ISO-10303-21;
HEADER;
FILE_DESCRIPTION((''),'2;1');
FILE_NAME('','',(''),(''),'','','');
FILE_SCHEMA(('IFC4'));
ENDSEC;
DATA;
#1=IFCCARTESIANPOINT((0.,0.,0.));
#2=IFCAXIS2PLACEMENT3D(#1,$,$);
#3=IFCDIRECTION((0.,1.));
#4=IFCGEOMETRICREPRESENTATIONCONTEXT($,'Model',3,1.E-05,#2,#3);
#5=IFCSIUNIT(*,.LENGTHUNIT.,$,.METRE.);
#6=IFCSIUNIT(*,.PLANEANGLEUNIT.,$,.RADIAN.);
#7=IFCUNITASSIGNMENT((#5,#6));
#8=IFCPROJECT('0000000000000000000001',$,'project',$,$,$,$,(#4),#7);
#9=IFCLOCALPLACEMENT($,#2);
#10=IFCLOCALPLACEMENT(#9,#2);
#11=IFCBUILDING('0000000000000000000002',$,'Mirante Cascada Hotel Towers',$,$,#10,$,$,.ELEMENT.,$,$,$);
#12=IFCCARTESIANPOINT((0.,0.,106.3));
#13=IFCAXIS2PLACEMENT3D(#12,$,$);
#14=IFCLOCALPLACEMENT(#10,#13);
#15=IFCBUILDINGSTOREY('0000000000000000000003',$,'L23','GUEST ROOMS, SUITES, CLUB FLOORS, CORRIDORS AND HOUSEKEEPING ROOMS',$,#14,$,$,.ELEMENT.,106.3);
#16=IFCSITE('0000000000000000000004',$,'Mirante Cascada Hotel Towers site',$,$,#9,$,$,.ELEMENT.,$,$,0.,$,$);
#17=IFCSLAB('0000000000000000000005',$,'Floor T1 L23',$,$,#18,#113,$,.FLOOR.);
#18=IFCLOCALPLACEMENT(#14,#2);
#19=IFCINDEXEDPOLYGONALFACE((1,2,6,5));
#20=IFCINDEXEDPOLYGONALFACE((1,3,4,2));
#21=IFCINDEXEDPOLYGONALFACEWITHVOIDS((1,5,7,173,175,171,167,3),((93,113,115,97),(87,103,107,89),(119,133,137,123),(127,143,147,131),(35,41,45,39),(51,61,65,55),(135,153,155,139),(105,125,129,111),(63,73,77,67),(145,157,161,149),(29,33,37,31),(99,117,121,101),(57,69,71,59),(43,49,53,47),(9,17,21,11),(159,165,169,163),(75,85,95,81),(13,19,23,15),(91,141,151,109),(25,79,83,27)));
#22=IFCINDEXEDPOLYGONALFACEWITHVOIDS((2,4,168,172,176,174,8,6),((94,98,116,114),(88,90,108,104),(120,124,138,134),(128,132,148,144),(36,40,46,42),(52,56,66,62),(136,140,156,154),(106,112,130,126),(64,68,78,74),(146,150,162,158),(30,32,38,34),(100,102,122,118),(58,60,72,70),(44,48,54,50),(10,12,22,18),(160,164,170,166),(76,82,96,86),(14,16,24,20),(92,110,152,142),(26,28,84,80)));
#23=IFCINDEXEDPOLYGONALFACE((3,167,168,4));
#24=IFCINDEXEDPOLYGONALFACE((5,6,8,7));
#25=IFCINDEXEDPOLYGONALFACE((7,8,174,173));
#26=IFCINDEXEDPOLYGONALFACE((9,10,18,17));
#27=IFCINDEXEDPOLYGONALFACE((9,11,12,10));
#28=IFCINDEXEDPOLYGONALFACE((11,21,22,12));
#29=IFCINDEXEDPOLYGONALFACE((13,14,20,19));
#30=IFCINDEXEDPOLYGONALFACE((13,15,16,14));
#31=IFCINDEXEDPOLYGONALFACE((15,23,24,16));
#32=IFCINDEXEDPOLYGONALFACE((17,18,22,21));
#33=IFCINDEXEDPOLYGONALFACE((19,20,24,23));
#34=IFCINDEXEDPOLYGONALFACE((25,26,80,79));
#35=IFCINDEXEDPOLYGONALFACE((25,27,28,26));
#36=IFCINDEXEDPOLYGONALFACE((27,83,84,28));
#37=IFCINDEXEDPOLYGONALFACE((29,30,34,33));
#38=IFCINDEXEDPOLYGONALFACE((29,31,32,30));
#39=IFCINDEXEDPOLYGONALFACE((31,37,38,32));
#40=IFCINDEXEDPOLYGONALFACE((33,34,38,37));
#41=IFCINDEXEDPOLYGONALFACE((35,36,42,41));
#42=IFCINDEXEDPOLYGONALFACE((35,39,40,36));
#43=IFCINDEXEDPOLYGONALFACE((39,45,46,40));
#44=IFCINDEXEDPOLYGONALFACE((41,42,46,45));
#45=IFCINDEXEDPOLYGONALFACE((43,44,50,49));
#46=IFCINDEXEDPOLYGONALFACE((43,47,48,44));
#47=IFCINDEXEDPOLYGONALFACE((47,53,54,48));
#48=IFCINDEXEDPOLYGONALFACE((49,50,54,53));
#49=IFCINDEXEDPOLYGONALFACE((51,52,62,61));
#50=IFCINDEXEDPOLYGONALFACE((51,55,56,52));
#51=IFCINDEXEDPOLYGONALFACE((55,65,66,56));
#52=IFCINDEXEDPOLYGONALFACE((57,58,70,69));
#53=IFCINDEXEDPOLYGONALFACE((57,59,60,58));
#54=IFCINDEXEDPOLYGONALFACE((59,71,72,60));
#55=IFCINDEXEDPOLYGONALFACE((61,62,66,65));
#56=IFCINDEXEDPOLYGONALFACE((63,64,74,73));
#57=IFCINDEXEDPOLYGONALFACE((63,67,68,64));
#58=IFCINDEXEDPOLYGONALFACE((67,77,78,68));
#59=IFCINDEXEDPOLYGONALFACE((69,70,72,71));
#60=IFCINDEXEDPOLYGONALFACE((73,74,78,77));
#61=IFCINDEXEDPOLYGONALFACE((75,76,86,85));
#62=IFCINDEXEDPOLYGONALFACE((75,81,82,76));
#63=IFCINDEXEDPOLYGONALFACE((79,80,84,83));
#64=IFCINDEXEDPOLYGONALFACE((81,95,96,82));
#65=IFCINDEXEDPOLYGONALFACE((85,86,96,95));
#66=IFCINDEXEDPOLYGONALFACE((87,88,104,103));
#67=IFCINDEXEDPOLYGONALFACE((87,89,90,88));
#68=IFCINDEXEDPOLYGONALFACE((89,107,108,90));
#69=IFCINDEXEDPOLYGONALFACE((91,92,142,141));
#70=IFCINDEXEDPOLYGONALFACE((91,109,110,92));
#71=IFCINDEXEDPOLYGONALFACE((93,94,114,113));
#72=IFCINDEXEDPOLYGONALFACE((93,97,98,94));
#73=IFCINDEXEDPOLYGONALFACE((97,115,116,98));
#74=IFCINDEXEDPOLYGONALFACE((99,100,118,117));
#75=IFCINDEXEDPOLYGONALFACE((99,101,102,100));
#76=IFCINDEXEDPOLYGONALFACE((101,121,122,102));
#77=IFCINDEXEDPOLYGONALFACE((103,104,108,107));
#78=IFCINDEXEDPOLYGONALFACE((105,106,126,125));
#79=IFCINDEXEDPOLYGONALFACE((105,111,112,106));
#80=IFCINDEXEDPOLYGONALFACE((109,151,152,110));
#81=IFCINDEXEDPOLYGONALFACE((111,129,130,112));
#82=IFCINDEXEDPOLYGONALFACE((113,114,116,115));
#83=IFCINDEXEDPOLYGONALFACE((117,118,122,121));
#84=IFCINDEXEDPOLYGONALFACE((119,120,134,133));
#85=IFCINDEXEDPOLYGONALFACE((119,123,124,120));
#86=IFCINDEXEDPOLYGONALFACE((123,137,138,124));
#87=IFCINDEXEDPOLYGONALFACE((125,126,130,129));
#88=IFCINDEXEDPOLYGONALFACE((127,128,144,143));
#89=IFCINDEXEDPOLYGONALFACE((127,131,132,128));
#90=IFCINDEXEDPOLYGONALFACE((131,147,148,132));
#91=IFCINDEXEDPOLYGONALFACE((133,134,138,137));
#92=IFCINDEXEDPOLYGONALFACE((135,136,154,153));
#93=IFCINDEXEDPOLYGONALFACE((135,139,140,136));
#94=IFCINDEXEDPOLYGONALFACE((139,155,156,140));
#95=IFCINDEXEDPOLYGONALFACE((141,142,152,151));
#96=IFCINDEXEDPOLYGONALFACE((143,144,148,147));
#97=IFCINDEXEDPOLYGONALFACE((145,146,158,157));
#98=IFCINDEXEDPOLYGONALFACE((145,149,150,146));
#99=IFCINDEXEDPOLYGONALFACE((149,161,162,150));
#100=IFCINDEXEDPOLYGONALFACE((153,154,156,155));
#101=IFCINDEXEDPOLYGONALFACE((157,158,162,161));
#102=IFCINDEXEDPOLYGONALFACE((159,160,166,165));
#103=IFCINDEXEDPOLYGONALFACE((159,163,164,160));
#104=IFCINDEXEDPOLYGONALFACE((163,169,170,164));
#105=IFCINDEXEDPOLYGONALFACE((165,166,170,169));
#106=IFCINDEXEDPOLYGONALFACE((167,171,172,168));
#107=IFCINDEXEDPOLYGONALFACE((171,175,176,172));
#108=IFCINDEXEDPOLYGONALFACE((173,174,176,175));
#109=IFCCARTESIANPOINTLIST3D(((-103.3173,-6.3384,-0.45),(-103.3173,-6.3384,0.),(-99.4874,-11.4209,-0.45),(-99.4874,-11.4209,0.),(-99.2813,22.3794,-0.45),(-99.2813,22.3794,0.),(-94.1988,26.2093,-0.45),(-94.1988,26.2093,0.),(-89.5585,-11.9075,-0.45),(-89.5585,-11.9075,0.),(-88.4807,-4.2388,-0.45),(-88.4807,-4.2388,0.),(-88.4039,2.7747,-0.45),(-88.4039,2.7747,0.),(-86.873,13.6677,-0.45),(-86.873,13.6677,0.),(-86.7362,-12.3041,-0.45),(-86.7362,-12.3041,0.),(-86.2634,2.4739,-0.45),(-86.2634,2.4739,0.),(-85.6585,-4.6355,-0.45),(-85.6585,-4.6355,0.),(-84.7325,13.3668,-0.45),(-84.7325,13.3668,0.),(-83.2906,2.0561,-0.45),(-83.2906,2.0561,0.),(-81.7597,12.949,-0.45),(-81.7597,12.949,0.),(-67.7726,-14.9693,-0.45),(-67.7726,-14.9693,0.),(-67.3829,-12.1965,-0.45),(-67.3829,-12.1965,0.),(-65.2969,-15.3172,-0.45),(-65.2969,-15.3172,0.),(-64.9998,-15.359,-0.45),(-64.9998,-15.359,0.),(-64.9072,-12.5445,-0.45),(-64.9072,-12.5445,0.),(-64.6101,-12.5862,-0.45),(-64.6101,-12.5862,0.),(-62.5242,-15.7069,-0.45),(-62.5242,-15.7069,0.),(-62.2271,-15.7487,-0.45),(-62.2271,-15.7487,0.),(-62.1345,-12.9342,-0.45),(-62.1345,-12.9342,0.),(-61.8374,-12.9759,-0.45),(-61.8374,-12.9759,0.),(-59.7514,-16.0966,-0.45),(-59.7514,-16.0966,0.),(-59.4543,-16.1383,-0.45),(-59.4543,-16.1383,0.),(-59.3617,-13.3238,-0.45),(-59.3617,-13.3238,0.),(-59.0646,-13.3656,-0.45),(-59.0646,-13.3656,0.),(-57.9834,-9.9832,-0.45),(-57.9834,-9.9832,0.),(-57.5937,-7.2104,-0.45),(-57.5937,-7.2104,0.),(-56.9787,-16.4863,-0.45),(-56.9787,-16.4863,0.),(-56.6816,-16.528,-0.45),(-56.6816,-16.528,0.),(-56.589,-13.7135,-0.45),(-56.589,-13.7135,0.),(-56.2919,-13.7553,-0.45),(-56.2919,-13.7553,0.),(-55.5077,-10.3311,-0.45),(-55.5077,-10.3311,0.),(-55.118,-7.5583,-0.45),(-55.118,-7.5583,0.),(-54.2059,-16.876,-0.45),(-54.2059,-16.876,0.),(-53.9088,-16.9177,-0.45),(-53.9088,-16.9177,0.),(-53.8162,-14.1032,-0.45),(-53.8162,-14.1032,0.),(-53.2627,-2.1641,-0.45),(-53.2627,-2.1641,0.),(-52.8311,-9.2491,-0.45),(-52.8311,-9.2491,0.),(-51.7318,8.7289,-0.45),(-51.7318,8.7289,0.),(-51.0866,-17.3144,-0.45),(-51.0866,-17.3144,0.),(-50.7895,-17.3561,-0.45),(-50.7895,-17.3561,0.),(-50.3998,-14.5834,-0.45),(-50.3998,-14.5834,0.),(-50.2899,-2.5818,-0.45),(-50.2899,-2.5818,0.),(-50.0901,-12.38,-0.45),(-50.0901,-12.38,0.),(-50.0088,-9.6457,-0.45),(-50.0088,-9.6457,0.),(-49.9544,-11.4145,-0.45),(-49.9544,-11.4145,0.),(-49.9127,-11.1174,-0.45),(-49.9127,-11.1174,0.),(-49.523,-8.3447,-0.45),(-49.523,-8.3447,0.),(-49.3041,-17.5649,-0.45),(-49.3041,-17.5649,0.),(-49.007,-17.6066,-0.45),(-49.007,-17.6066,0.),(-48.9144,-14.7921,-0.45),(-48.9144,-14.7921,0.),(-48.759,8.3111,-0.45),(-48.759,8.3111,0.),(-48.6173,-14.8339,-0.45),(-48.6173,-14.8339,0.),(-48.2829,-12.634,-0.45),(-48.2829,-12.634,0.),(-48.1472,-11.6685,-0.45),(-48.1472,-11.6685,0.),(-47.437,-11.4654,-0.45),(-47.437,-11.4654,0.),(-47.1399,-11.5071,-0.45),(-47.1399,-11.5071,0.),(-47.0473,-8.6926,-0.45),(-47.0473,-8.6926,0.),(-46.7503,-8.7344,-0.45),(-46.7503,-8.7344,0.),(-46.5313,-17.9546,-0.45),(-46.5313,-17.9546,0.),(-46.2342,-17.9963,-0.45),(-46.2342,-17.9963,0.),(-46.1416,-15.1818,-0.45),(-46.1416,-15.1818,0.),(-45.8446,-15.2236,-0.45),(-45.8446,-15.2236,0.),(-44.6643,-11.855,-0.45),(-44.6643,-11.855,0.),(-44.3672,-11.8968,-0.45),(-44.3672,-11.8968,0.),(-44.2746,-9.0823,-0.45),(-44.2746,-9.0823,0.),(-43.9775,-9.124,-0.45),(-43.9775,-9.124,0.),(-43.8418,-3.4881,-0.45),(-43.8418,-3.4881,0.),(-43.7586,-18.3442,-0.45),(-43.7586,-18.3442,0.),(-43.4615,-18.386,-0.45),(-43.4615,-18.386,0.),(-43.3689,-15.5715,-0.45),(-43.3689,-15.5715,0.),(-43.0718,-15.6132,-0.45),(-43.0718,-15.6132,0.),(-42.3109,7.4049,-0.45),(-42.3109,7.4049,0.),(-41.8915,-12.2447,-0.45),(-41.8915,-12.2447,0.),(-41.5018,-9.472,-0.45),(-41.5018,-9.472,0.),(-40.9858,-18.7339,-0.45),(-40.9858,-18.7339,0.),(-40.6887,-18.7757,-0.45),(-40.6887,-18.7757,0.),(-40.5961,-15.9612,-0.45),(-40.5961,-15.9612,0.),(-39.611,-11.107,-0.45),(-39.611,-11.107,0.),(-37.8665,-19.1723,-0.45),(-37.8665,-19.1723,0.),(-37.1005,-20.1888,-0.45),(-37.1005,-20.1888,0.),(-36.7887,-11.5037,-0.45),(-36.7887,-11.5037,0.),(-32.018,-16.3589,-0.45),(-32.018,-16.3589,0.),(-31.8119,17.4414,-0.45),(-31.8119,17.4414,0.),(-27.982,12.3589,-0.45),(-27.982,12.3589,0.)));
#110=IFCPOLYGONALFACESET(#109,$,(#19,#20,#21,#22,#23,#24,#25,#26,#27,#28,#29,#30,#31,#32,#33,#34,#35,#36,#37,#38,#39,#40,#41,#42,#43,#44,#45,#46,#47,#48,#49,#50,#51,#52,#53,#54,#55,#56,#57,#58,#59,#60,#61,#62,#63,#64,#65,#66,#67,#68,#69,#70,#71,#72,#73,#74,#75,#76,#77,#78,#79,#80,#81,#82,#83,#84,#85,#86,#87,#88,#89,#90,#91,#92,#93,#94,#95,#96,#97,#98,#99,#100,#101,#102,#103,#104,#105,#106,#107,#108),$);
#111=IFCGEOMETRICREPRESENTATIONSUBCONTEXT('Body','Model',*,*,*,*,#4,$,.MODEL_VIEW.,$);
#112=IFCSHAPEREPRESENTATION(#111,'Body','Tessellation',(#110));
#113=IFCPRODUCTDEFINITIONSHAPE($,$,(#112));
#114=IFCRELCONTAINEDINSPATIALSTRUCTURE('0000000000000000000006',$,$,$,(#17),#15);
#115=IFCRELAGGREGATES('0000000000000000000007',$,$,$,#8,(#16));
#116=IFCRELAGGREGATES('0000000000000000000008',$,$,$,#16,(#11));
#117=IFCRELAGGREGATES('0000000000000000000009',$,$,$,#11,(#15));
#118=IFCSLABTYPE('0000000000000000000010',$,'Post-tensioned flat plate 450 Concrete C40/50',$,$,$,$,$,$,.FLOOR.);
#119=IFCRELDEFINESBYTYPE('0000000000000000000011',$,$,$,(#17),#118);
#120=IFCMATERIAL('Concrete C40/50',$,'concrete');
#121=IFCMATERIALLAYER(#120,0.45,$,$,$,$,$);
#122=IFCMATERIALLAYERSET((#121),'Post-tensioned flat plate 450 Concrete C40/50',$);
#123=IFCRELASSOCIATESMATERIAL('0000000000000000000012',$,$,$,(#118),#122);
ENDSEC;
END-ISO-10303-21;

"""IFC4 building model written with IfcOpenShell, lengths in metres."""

from ifc_helpers import new_model, si_unit, direction, frame, origin, place, context, subcontext, project, spatial, polyline, outline, extrude, material, layer, layer_set, type_object, element, save


model = new_model("IFC4")

# Units and contexts
model_context = context("Model", 3, precision=1e-05, world=origin(), true_north=direction((0.0, 1.0)))
body_context = subcontext(model_context, "Body", "Model", "MODEL_VIEW")
ifc_project = project(units=[si_unit("LENGTHUNIT", "METRE"), si_unit("PLANEANGLEUNIT", "RADIAN")], contexts=[model_context])

# Site, building, storey
site_placement = place(None, origin())
site = spatial("IfcSite", under=ifc_project, at=site_placement, Name="Mirante Cascada Hotel Towers site", CompositionType="ELEMENT", RefElevation=0.0)
building_placement = place(site_placement, origin())
building = spatial("IfcBuilding", under=site, at=building_placement, Name="Mirante Cascada Hotel Towers", CompositionType="ELEMENT")
storey_placement = place(building_placement, frame((0.0, 0.0, 106.3)))
storey = spatial("IfcBuildingStorey", under=building, at=storey_placement, Name="L23", Description="GUEST ROOMS, SUITES, CLUB FLOORS, CORRIDORS AND HOUSEKEEPING ROOMS", CompositionType="ELEMENT", Elevation=106.3)

# Slab
ifc_material_1 = material(Name="Concrete C40/50", Category="concrete")
ifc_layer_1 = layer(ifc_material_1, 0.45)
ifc_layer_set_1 = layer_set([ifc_layer_1], Name="Post-tensioned flat plate 450 Concrete C40/50")
slab_type = type_object("IfcSlabType", Name="Post-tensioned flat plate 450 Concrete C40/50", PredefinedType="FLOOR", material=ifc_layer_set_1)
slab_1_placement = place(storey_placement, frame((0.0, 0.0, -0.45)))
element("IfcSlab", 1, at=slab_1_placement, inside=storey, type_object=slab_type, Name="Floor T1 L23", PredefinedType="FLOOR", context=body_context, shape_type="SweptSolid", body=[
    extrude(outline(polyline([(-32.018, -16.3589), (-27.982, 12.3589), (-31.8119, 17.4414), (-94.1988, 26.2093), (-99.2813, 22.3794), (-103.3173, -6.3384), (-99.4874, -11.4209), (-37.1005, -20.1888), (-32.018, -16.3589)]), holes=[polyline([(-43.0718, -15.6132), (-40.5961, -15.9612), (-40.9858, -18.7339), (-43.4615, -18.386), (-43.0718, -15.6132)]), polyline([(-45.8446, -15.2236), (-43.3689, -15.5715), (-43.7586, -18.3442), (-46.2342, -17.9963), (-45.8446, -15.2236)]), polyline([(-48.6173, -14.8339), (-46.1416, -15.1818), (-46.5313, -17.9546), (-49.007, -17.6066), (-48.6173, -14.8339)]), polyline([(-50.3998, -14.5834), (-48.9144, -14.7921), (-49.3041, -17.5649), (-50.7895, -17.3561), (-50.3998, -14.5834)]), polyline([(-36.7887, -11.5037), (-37.8665, -19.1723), (-40.6887, -18.7757), (-39.611, -11.107), (-36.7887, -11.5037)]), polyline([(-49.9544, -11.4145), (-48.1472, -11.6685), (-48.2829, -12.634), (-50.0901, -12.38), (-49.9544, -11.4145)]), polyline([(-43.9775, -9.124), (-41.5018, -9.472), (-41.8915, -12.2447), (-44.3672, -11.8968), (-43.9775, -9.124)]), polyline([(-47.1399, -11.5071), (-46.7503, -8.7344), (-44.2746, -9.0823), (-44.6643, -11.855), (-47.1399, -11.5071)]), polyline([(-49.9127, -11.1174), (-49.523, -8.3447), (-47.0473, -8.6926), (-47.437, -11.4654), (-49.9127, -11.1174)]), polyline([(-56.2919, -13.7553), (-53.8162, -14.1032), (-54.2059, -16.876), (-56.6816, -16.528), (-56.2919, -13.7553)]), polyline([(-59.0646, -13.3656), (-56.589, -13.7135), (-56.9787, -16.4863), (-59.4543, -16.1383), (-59.0646, -13.3656)]), polyline([(-61.8374, -12.9759), (-59.3617, -13.3238), (-59.7514, -16.0966), (-62.2271, -15.7487), (-61.8374, -12.9759)]), polyline([(-64.6101, -12.5862), (-62.1345, -12.9342), (-62.5242, -15.7069), (-64.9998, -15.359), (-64.6101, -12.5862)]), polyline([(-67.3829, -12.1965), (-64.9072, -12.5445), (-65.2969, -15.3172), (-67.7726, -14.9693), (-67.3829, -12.1965)]), polyline([(-50.0088, -9.6457), (-51.0866, -17.3144), (-53.9088, -16.9177), (-52.8311, -9.2491), (-50.0088, -9.6457)]), polyline([(-85.6585, -4.6355), (-86.7362, -12.3041), (-89.5585, -11.9075), (-88.4807, -4.2388), (-85.6585, -4.6355)]), polyline([(-57.9834, -9.9832), (-57.5937, -7.2104), (-55.118, -7.5583), (-55.5077, -10.3311), (-57.9834, -9.9832)]), polyline([(-86.873, 13.6677), (-84.7325, 13.3668), (-84.7325, 13.3668), (-86.2634, 2.4739), (-86.2634, 2.4739), (-88.4039, 2.7747), (-86.873, 13.6677)]), polyline([(-51.7318, 8.7289), (-53.2627, -2.1641), (-53.2627, -2.1641), (-83.2906, 2.0561), (-83.2906, 2.0561), (-81.7597, 12.949), (-81.7597, 12.949), (-51.7318, 8.7289)]), polyline([(-42.3109, 7.4049), (-43.8418, -3.4881), (-50.2899, -2.5818), (-50.2899, -2.5818), (-48.759, 8.3111), (-42.3109, 7.4049)])]), origin(), (0.0, 0.0, 1.0), 0.45),
])

save(model, "model.ifc")
